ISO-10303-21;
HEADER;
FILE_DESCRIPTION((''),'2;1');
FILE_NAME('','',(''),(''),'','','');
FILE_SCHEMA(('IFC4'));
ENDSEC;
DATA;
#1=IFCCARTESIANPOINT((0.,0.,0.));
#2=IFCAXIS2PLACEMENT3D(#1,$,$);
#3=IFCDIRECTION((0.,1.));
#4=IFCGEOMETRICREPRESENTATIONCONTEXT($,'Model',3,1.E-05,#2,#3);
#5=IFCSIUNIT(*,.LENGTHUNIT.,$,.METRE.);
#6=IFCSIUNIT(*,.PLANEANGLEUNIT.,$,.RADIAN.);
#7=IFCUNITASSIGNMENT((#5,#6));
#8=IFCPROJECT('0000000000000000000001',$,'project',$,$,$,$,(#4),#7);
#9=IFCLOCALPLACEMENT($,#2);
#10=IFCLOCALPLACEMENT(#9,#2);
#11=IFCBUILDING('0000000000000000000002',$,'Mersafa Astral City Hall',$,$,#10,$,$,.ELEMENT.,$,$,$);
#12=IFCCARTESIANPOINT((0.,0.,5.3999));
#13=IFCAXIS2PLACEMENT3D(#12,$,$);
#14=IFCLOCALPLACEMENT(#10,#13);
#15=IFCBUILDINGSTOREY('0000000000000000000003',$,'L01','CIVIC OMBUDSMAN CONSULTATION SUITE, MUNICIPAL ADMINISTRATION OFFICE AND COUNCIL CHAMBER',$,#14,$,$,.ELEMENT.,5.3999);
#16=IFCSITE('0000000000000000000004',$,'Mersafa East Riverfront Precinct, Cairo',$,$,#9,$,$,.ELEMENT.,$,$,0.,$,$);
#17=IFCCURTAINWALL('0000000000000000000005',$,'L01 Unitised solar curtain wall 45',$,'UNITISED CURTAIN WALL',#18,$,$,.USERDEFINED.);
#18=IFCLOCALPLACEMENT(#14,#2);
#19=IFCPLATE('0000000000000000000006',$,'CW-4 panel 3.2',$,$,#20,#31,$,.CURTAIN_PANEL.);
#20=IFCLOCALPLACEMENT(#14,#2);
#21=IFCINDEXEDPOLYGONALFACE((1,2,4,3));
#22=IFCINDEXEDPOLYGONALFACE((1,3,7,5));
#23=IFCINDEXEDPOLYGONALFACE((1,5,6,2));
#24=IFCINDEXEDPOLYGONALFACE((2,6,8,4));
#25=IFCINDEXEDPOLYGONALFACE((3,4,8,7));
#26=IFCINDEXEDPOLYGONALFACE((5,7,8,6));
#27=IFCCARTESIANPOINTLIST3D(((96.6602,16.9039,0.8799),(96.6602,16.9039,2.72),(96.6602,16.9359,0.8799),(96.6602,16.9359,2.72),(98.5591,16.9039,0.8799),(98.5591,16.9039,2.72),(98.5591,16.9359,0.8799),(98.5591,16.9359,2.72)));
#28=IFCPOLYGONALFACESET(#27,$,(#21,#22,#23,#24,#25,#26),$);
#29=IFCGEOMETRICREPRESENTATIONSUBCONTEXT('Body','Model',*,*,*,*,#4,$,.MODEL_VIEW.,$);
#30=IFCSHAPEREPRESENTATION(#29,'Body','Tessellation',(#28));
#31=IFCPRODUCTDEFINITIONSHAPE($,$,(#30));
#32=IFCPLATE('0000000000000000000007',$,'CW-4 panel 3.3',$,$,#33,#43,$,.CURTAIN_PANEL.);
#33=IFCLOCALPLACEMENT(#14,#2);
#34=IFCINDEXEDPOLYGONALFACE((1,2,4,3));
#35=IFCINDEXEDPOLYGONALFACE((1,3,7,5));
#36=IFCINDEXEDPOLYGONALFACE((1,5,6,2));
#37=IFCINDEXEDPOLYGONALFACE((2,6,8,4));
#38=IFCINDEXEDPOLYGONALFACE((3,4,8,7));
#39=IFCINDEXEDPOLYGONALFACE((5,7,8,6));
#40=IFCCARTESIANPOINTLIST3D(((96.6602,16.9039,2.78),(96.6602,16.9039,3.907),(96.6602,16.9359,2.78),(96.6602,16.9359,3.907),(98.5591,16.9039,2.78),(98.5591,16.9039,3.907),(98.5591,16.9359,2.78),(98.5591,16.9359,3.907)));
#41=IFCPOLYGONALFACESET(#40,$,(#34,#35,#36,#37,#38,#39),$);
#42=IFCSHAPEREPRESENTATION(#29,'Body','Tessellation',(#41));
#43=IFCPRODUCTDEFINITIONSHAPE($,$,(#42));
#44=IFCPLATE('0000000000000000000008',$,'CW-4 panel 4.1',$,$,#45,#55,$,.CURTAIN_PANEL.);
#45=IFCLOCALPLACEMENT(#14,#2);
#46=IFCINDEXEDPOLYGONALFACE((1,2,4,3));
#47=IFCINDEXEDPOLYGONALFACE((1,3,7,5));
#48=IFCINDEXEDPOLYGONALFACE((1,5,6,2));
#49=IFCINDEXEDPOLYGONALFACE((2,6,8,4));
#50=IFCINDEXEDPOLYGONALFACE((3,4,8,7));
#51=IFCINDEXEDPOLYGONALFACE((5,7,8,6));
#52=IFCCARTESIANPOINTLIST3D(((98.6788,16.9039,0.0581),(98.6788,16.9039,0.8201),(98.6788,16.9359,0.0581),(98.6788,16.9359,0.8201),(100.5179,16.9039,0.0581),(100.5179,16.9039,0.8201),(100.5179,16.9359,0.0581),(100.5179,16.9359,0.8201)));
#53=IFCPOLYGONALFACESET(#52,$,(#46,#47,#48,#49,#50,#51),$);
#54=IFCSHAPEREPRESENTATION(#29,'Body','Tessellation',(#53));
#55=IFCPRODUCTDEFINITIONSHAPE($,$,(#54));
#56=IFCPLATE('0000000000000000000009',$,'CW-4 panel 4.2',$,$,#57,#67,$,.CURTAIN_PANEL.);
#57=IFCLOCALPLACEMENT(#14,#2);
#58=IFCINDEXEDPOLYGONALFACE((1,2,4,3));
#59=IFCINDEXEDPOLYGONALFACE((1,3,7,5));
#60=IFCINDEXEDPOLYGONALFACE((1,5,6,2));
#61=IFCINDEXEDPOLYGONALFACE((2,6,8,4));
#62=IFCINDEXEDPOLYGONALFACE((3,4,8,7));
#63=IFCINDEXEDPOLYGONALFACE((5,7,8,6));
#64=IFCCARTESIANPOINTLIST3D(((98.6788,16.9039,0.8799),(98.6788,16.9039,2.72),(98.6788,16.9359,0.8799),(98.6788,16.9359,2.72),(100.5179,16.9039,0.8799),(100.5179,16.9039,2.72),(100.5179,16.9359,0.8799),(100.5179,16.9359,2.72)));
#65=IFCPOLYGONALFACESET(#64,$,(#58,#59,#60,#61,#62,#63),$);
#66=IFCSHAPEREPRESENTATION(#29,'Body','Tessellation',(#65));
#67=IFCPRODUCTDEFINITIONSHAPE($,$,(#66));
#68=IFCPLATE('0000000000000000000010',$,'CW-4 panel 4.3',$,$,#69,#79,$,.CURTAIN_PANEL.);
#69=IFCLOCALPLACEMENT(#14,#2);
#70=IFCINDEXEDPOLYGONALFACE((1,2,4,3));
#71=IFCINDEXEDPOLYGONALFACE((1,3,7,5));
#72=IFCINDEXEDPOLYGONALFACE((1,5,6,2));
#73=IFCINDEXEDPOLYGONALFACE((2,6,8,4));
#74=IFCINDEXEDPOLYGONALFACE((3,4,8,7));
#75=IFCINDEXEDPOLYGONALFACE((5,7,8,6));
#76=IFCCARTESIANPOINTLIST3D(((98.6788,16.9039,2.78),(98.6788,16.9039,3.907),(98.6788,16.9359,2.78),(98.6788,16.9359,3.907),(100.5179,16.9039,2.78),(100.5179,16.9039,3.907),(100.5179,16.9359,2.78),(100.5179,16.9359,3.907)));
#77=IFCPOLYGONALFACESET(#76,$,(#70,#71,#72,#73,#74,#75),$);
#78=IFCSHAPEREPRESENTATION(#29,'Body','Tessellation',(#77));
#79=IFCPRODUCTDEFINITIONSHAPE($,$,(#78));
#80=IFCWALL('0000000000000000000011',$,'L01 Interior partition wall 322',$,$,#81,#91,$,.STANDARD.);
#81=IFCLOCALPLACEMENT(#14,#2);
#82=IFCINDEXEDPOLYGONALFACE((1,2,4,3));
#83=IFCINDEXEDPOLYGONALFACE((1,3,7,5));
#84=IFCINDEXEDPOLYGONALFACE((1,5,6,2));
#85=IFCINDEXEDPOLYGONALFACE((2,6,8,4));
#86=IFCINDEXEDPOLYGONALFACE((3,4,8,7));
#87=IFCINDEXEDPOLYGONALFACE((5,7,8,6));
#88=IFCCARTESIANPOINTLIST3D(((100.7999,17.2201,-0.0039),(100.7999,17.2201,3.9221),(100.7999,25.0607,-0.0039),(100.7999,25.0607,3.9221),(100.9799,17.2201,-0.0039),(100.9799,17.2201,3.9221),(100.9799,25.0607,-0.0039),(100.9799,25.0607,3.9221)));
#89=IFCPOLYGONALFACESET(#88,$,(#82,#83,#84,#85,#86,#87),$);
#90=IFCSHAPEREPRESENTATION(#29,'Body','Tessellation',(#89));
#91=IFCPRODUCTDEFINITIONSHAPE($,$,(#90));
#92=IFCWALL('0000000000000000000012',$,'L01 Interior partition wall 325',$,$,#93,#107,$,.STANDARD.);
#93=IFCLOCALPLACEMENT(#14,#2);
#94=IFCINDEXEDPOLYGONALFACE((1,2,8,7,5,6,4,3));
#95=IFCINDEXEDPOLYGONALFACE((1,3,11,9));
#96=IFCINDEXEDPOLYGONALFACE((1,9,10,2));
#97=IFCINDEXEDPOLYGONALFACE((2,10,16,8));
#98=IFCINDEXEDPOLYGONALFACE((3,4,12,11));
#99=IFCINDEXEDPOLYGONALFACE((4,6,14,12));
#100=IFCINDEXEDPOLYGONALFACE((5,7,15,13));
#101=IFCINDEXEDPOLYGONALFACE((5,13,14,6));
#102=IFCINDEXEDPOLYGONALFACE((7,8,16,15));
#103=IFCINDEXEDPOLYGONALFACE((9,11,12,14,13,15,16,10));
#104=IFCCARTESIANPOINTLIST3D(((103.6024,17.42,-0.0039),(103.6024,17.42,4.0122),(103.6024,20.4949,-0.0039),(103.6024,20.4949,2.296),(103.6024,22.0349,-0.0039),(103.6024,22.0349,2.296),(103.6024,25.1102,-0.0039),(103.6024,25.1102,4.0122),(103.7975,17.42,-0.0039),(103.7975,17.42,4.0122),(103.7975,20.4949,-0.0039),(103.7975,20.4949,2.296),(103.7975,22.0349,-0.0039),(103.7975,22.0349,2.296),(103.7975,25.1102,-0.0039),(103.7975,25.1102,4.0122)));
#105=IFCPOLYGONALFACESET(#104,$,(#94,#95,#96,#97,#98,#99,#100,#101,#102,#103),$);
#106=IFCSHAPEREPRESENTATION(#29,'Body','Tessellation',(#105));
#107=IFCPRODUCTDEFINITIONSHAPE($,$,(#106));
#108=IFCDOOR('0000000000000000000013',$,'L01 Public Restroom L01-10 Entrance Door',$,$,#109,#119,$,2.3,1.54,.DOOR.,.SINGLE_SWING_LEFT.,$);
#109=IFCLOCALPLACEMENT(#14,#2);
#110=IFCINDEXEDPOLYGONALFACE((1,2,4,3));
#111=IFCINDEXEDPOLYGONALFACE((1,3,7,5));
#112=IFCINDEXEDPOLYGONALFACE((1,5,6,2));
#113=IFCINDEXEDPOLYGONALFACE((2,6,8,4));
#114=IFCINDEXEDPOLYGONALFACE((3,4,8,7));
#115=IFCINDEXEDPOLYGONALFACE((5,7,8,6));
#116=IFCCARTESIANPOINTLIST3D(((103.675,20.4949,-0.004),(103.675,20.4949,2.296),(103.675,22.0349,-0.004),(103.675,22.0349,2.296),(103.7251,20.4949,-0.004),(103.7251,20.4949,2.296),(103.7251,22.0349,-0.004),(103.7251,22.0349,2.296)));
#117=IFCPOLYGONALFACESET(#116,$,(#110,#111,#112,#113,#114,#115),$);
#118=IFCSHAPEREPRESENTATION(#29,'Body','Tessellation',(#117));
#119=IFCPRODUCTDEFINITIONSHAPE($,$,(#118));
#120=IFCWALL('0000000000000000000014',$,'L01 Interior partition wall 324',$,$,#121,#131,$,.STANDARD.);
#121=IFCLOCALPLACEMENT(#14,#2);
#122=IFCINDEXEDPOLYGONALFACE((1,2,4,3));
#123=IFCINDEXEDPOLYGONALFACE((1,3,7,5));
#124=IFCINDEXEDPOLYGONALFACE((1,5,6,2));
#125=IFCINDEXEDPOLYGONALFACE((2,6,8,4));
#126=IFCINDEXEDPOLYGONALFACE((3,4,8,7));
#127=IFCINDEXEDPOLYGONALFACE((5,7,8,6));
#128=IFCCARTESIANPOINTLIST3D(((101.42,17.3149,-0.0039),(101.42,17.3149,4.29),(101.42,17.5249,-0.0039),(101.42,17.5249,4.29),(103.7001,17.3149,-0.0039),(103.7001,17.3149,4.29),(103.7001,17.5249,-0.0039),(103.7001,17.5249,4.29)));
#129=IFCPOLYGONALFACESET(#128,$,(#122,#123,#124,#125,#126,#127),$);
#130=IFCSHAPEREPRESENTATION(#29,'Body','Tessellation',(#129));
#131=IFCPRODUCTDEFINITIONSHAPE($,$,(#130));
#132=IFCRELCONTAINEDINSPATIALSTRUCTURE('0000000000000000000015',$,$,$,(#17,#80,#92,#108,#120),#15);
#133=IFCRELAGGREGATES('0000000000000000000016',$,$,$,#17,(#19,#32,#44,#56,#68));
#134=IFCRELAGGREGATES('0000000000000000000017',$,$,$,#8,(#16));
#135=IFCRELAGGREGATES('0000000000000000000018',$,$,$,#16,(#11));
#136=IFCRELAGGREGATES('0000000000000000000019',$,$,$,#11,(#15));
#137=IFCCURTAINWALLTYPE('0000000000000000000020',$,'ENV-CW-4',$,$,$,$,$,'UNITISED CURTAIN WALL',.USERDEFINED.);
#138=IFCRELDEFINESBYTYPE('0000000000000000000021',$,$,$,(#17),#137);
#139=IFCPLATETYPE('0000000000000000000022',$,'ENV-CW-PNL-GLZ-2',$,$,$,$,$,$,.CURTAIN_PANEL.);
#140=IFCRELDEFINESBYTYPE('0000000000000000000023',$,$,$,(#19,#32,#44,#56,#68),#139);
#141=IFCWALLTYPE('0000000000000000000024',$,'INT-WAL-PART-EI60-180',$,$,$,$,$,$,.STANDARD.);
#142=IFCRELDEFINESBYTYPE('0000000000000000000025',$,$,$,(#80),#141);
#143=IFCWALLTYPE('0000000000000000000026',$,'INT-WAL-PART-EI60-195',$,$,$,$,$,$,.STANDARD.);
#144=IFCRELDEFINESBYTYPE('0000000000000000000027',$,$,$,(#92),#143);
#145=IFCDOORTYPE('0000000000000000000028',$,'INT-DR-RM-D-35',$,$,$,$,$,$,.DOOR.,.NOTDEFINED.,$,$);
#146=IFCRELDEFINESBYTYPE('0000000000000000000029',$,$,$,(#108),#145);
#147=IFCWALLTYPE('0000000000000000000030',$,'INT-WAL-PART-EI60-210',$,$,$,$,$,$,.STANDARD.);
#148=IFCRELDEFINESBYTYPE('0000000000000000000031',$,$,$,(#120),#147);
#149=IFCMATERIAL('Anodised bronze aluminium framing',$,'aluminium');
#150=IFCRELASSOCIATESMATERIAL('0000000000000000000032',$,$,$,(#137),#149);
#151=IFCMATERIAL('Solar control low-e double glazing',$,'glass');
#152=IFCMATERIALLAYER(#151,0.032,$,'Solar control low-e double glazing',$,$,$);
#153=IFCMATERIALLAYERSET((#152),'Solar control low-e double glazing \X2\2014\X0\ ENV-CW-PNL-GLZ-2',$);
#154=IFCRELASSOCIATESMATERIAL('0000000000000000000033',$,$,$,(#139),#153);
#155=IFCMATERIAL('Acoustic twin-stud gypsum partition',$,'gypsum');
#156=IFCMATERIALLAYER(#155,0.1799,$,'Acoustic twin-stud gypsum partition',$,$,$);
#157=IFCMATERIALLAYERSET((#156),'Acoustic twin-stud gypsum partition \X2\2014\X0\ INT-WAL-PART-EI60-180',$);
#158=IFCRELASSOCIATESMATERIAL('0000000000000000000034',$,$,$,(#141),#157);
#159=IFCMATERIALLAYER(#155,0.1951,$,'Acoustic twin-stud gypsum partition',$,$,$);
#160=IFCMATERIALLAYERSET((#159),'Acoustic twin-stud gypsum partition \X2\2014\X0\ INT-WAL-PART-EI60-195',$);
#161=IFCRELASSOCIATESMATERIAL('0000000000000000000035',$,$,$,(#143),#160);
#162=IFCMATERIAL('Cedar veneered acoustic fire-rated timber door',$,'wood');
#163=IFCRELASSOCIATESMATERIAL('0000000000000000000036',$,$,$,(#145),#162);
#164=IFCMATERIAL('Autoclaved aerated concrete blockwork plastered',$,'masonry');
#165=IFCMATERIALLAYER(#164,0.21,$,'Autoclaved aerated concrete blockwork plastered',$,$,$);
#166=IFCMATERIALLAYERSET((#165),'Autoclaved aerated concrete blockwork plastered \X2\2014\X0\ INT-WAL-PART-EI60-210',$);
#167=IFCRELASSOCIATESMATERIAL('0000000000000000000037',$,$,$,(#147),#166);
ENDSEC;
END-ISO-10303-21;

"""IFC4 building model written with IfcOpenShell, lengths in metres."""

from ifc_helpers import new_model, si_unit, direction, frame, frame_2d, origin, origin_2d, place, context, subcontext, project, spatial, rectangle, extrude, material, layer, layer_set, type_object, element, fill, aggregate, save


model = new_model("IFC4")

# Units and contexts
model_context = context("Model", 3, precision=1e-05, world=origin(), true_north=direction((0.0, 1.0)))
body_context = subcontext(model_context, "Body", "Model", "MODEL_VIEW")
ifc_project = project(units=[si_unit("LENGTHUNIT", "METRE"), si_unit("PLANEANGLEUNIT", "RADIAN")], contexts=[model_context])

# Site, building, storey
site_placement = place(None, origin())
site = spatial("IfcSite", under=ifc_project, at=site_placement, Name="Mersafa East Riverfront Precinct, Cairo", CompositionType="ELEMENT", RefElevation=0.0)
building_placement = place(site_placement, origin())
building = spatial("IfcBuilding", under=site, at=building_placement, Name="Mersafa Astral City Hall", CompositionType="ELEMENT")
storey_placement = place(building_placement, frame((0.0, 0.0, 5.3999)))
storey = spatial("IfcBuildingStorey", under=building, at=storey_placement, Name="L01", Description="CIVIC OMBUDSMAN CONSULTATION SUITE, MUNICIPAL ADMINISTRATION OFFICE AND COUNCIL CHAMBER", CompositionType="ELEMENT", Elevation=5.3999)

# Curtain wall
ifc_material_1 = material(Name="Anodised bronze aluminium framing", Category="aluminium")
curtain_wall_type = type_object("IfcCurtainWallType", Name="ENV-CW-4", ElementType="UNITISED CURTAIN WALL", PredefinedType="USERDEFINED", material=ifc_material_1)
curtain_wall_placement = place(storey_placement, origin())
curtain_wall = element("IfcCurtainWall", 1, at=curtain_wall_placement, inside=storey, type_object=curtain_wall_type, Name="L01 Unitised solar curtain wall 45", ObjectType="UNITISED CURTAIN WALL", PredefinedType="USERDEFINED")

# Plates
ifc_material_2 = material(Name="Solar control low-e double glazing", Category="glass")
ifc_layer_1 = layer(ifc_material_2, 0.032, Name="Solar control low-e double glazing")
ifc_layer_set_1 = layer_set([ifc_layer_1], Name="Solar control low-e double glazing — ENV-CW-PNL-GLZ-2")
plate_type = type_object("IfcPlateType", Name="ENV-CW-PNL-GLZ-2", PredefinedType="CURTAIN_PANEL", material=ifc_layer_set_1)
plate_1_placement = place(storey_placement, frame((97.6096, 16.9199, 0.8799), z_axis=(0.0, 0.0, 1.0), x_axis=(1.0, 0.0, 0.0)))
plate_1 = element("IfcPlate", 2, at=plate_1_placement, type_object=plate_type, Name="CW-4 panel 3.2", PredefinedType="CURTAIN_PANEL", context=body_context, shape_type="SweptSolid", body=[
    extrude(rectangle(XDim=1.8989, YDim=0.032, at=origin_2d()), origin(), (0.0, 0.0, 1.0), 1.8401),
])
plate_2_placement = place(storey_placement, frame((97.6096, 16.9199, 2.78), z_axis=(0.0, 0.0, 1.0), x_axis=(1.0, 0.0, 0.0)))
plate_2 = element("IfcPlate", 3, at=plate_2_placement, type_object=plate_type, Name="CW-4 panel 3.3", PredefinedType="CURTAIN_PANEL", context=body_context, shape_type="SweptSolid", body=[
    extrude(rectangle(XDim=1.8989, YDim=0.032, at=origin_2d()), origin(), (0.0, 0.0, 1.0), 1.127),
])
plate_3_placement = place(storey_placement, frame((99.5984, 16.9199, 0.0581), z_axis=(0.0, 0.0, 1.0), x_axis=(1.0, 0.0, 0.0)))
plate_3 = element("IfcPlate", 4, at=plate_3_placement, type_object=plate_type, Name="CW-4 panel 4.1", PredefinedType="CURTAIN_PANEL", context=body_context, shape_type="SweptSolid", body=[
    extrude(rectangle(XDim=1.8391, YDim=0.032, at=origin_2d()), origin(), (0.0, 0.0, 1.0), 0.762),
])
plate_4_placement = place(storey_placement, frame((99.5984, 16.9199, 0.8799), z_axis=(0.0, 0.0, 1.0), x_axis=(1.0, 0.0, 0.0)))
plate_4 = element("IfcPlate", 5, at=plate_4_placement, type_object=plate_type, Name="CW-4 panel 4.2", PredefinedType="CURTAIN_PANEL", context=body_context, shape_type="SweptSolid", body=[
    extrude(rectangle(XDim=1.8391, YDim=0.032, at=origin_2d()), origin(), (0.0, 0.0, 1.0), 1.8401),
])
plate_5_placement = place(storey_placement, frame((99.5984, 16.9199, 2.78), z_axis=(0.0, 0.0, 1.0), x_axis=(1.0, 0.0, 0.0)))
plate_5 = element("IfcPlate", 6, at=plate_5_placement, type_object=plate_type, Name="CW-4 panel 4.3", PredefinedType="CURTAIN_PANEL", context=body_context, shape_type="SweptSolid", body=[
    extrude(rectangle(XDim=1.8391, YDim=0.032, at=origin_2d()), origin(), (0.0, 0.0, 1.0), 1.127),
])
aggregate(curtain_wall, [plate_1, plate_2, plate_3, plate_4, plate_5])

# Wall
ifc_material_3 = material(Name="Acoustic twin-stud gypsum partition", Category="gypsum")
ifc_layer_2 = layer(ifc_material_3, 0.1799, Name="Acoustic twin-stud gypsum partition")
ifc_layer_set_2 = layer_set([ifc_layer_2], Name="Acoustic twin-stud gypsum partition — INT-WAL-PART-EI60-180")
wall_type_1 = type_object("IfcWallType", Name="INT-WAL-PART-EI60-180", PredefinedType="STANDARD", material=ifc_layer_set_2)
wall_1_placement = place(storey_placement, frame((100.8899, 17.22, -0.0039), z_axis=(0.0, 0.0, 1.0), x_axis=(0.0, 1.0, 0.0)))
element("IfcWall", 7, at=wall_1_placement, inside=storey, type_object=wall_type_1, Name="L01 Interior partition wall 322", PredefinedType="STANDARD", context=body_context, shape_type="SweptSolid", body=[
    extrude(rectangle(XDim=7.8406, YDim=0.1799, at=frame_2d((3.9204, 0.0))), origin(), (0.0, 0.0, 1.0), 3.926),
])

# Wall, opening, door
ifc_layer_3 = layer(ifc_material_3, 0.1951, Name="Acoustic twin-stud gypsum partition")
ifc_layer_set_3 = layer_set([ifc_layer_3], Name="Acoustic twin-stud gypsum partition — INT-WAL-PART-EI60-195")
wall_type_2 = type_object("IfcWallType", Name="INT-WAL-PART-EI60-195", PredefinedType="STANDARD", material=ifc_layer_set_3)
wall_2_placement = place(storey_placement, frame((103.7, 17.4199, -0.0039), z_axis=(0.0, 0.0, 1.0), x_axis=(0.0, 1.0, 0.0)))
wall_2 = element("IfcWall", 8, at=wall_2_placement, inside=storey, type_object=wall_type_2, Name="L01 Interior partition wall 325", PredefinedType="STANDARD", context=body_context, shape_type="SweptSolid", body=[
    extrude(rectangle(XDim=7.6902, YDim=0.1951, at=frame_2d((3.8452, 0.0))), origin(), (0.0, 0.0, 1.0), 4.0161),
])
opening_placement = place(wall_2_placement, frame((3.075, 0.0, 0.0)))
opening = element("IfcOpeningElement", 9, at=opening_placement, cuts=wall_2, PredefinedType="OPENING", context=body_context, shape_type="SweptSolid", body=[
    extrude(rectangle(XDim=1.54, YDim=2.3, at=frame_2d((0.77, 1.1499))), frame((0.0, 0.1074, 0.0), z_axis=(0.0, -1.0, 0.0), x_axis=(1.0, 0.0, 0.0)), (0.0, 0.0, 1.0), 0.2151),
])
ifc_material_4 = material(Name="Cedar veneered acoustic fire-rated timber door", Category="wood")
door_type = type_object("IfcDoorType", Name="INT-DR-RM-D-35", OperationType="NOTDEFINED", PredefinedType="DOOR", material=ifc_material_4)
door_placement = place(opening_placement, origin())
door = element("IfcDoor", 10, at=door_placement, inside=storey, type_object=door_type, Name="L01 Public Restroom L01-10 Entrance Door", OperationType="SINGLE_SWING_LEFT", OverallHeight=2.3, OverallWidth=1.54, PredefinedType="DOOR", context=body_context, shape_type="SweptSolid", body=[
    extrude(rectangle(XDim=1.54, YDim=2.3, at=frame_2d((0.77, 1.1499))), frame((0.0, 0.0249, 0.0), z_axis=(0.0, -1.0, 0.0), x_axis=(1.0, 0.0, 0.0)), (0.0, 0.0, 1.0), 0.05),
])
fill(opening, door)

# Wall
ifc_material_5 = material(Name="Autoclaved aerated concrete blockwork plastered", Category="masonry")
ifc_layer_4 = layer(ifc_material_5, 0.21, Name="Autoclaved aerated concrete blockwork plastered")
ifc_layer_set_4 = layer_set([ifc_layer_4], Name="Autoclaved aerated concrete blockwork plastered — INT-WAL-PART-EI60-210")
wall_type_3 = type_object("IfcWallType", Name="INT-WAL-PART-EI60-210", PredefinedType="STANDARD", material=ifc_layer_set_4)
wall_3_placement = place(storey_placement, frame((101.4199, 17.4199, -0.0039), z_axis=(0.0, 0.0, 1.0), x_axis=(1.0, 0.0, 0.0)))
element("IfcWall", 11, at=wall_3_placement, inside=storey, type_object=wall_type_3, Name="L01 Interior partition wall 324", PredefinedType="STANDARD", context=body_context, shape_type="SweptSolid", body=[
    extrude(rectangle(XDim=2.28, YDim=0.21, at=frame_2d((1.1401, 0.0))), origin(), (0.0, 0.0, 1.0), 4.2939),
])

save(model, "model.ifc")
